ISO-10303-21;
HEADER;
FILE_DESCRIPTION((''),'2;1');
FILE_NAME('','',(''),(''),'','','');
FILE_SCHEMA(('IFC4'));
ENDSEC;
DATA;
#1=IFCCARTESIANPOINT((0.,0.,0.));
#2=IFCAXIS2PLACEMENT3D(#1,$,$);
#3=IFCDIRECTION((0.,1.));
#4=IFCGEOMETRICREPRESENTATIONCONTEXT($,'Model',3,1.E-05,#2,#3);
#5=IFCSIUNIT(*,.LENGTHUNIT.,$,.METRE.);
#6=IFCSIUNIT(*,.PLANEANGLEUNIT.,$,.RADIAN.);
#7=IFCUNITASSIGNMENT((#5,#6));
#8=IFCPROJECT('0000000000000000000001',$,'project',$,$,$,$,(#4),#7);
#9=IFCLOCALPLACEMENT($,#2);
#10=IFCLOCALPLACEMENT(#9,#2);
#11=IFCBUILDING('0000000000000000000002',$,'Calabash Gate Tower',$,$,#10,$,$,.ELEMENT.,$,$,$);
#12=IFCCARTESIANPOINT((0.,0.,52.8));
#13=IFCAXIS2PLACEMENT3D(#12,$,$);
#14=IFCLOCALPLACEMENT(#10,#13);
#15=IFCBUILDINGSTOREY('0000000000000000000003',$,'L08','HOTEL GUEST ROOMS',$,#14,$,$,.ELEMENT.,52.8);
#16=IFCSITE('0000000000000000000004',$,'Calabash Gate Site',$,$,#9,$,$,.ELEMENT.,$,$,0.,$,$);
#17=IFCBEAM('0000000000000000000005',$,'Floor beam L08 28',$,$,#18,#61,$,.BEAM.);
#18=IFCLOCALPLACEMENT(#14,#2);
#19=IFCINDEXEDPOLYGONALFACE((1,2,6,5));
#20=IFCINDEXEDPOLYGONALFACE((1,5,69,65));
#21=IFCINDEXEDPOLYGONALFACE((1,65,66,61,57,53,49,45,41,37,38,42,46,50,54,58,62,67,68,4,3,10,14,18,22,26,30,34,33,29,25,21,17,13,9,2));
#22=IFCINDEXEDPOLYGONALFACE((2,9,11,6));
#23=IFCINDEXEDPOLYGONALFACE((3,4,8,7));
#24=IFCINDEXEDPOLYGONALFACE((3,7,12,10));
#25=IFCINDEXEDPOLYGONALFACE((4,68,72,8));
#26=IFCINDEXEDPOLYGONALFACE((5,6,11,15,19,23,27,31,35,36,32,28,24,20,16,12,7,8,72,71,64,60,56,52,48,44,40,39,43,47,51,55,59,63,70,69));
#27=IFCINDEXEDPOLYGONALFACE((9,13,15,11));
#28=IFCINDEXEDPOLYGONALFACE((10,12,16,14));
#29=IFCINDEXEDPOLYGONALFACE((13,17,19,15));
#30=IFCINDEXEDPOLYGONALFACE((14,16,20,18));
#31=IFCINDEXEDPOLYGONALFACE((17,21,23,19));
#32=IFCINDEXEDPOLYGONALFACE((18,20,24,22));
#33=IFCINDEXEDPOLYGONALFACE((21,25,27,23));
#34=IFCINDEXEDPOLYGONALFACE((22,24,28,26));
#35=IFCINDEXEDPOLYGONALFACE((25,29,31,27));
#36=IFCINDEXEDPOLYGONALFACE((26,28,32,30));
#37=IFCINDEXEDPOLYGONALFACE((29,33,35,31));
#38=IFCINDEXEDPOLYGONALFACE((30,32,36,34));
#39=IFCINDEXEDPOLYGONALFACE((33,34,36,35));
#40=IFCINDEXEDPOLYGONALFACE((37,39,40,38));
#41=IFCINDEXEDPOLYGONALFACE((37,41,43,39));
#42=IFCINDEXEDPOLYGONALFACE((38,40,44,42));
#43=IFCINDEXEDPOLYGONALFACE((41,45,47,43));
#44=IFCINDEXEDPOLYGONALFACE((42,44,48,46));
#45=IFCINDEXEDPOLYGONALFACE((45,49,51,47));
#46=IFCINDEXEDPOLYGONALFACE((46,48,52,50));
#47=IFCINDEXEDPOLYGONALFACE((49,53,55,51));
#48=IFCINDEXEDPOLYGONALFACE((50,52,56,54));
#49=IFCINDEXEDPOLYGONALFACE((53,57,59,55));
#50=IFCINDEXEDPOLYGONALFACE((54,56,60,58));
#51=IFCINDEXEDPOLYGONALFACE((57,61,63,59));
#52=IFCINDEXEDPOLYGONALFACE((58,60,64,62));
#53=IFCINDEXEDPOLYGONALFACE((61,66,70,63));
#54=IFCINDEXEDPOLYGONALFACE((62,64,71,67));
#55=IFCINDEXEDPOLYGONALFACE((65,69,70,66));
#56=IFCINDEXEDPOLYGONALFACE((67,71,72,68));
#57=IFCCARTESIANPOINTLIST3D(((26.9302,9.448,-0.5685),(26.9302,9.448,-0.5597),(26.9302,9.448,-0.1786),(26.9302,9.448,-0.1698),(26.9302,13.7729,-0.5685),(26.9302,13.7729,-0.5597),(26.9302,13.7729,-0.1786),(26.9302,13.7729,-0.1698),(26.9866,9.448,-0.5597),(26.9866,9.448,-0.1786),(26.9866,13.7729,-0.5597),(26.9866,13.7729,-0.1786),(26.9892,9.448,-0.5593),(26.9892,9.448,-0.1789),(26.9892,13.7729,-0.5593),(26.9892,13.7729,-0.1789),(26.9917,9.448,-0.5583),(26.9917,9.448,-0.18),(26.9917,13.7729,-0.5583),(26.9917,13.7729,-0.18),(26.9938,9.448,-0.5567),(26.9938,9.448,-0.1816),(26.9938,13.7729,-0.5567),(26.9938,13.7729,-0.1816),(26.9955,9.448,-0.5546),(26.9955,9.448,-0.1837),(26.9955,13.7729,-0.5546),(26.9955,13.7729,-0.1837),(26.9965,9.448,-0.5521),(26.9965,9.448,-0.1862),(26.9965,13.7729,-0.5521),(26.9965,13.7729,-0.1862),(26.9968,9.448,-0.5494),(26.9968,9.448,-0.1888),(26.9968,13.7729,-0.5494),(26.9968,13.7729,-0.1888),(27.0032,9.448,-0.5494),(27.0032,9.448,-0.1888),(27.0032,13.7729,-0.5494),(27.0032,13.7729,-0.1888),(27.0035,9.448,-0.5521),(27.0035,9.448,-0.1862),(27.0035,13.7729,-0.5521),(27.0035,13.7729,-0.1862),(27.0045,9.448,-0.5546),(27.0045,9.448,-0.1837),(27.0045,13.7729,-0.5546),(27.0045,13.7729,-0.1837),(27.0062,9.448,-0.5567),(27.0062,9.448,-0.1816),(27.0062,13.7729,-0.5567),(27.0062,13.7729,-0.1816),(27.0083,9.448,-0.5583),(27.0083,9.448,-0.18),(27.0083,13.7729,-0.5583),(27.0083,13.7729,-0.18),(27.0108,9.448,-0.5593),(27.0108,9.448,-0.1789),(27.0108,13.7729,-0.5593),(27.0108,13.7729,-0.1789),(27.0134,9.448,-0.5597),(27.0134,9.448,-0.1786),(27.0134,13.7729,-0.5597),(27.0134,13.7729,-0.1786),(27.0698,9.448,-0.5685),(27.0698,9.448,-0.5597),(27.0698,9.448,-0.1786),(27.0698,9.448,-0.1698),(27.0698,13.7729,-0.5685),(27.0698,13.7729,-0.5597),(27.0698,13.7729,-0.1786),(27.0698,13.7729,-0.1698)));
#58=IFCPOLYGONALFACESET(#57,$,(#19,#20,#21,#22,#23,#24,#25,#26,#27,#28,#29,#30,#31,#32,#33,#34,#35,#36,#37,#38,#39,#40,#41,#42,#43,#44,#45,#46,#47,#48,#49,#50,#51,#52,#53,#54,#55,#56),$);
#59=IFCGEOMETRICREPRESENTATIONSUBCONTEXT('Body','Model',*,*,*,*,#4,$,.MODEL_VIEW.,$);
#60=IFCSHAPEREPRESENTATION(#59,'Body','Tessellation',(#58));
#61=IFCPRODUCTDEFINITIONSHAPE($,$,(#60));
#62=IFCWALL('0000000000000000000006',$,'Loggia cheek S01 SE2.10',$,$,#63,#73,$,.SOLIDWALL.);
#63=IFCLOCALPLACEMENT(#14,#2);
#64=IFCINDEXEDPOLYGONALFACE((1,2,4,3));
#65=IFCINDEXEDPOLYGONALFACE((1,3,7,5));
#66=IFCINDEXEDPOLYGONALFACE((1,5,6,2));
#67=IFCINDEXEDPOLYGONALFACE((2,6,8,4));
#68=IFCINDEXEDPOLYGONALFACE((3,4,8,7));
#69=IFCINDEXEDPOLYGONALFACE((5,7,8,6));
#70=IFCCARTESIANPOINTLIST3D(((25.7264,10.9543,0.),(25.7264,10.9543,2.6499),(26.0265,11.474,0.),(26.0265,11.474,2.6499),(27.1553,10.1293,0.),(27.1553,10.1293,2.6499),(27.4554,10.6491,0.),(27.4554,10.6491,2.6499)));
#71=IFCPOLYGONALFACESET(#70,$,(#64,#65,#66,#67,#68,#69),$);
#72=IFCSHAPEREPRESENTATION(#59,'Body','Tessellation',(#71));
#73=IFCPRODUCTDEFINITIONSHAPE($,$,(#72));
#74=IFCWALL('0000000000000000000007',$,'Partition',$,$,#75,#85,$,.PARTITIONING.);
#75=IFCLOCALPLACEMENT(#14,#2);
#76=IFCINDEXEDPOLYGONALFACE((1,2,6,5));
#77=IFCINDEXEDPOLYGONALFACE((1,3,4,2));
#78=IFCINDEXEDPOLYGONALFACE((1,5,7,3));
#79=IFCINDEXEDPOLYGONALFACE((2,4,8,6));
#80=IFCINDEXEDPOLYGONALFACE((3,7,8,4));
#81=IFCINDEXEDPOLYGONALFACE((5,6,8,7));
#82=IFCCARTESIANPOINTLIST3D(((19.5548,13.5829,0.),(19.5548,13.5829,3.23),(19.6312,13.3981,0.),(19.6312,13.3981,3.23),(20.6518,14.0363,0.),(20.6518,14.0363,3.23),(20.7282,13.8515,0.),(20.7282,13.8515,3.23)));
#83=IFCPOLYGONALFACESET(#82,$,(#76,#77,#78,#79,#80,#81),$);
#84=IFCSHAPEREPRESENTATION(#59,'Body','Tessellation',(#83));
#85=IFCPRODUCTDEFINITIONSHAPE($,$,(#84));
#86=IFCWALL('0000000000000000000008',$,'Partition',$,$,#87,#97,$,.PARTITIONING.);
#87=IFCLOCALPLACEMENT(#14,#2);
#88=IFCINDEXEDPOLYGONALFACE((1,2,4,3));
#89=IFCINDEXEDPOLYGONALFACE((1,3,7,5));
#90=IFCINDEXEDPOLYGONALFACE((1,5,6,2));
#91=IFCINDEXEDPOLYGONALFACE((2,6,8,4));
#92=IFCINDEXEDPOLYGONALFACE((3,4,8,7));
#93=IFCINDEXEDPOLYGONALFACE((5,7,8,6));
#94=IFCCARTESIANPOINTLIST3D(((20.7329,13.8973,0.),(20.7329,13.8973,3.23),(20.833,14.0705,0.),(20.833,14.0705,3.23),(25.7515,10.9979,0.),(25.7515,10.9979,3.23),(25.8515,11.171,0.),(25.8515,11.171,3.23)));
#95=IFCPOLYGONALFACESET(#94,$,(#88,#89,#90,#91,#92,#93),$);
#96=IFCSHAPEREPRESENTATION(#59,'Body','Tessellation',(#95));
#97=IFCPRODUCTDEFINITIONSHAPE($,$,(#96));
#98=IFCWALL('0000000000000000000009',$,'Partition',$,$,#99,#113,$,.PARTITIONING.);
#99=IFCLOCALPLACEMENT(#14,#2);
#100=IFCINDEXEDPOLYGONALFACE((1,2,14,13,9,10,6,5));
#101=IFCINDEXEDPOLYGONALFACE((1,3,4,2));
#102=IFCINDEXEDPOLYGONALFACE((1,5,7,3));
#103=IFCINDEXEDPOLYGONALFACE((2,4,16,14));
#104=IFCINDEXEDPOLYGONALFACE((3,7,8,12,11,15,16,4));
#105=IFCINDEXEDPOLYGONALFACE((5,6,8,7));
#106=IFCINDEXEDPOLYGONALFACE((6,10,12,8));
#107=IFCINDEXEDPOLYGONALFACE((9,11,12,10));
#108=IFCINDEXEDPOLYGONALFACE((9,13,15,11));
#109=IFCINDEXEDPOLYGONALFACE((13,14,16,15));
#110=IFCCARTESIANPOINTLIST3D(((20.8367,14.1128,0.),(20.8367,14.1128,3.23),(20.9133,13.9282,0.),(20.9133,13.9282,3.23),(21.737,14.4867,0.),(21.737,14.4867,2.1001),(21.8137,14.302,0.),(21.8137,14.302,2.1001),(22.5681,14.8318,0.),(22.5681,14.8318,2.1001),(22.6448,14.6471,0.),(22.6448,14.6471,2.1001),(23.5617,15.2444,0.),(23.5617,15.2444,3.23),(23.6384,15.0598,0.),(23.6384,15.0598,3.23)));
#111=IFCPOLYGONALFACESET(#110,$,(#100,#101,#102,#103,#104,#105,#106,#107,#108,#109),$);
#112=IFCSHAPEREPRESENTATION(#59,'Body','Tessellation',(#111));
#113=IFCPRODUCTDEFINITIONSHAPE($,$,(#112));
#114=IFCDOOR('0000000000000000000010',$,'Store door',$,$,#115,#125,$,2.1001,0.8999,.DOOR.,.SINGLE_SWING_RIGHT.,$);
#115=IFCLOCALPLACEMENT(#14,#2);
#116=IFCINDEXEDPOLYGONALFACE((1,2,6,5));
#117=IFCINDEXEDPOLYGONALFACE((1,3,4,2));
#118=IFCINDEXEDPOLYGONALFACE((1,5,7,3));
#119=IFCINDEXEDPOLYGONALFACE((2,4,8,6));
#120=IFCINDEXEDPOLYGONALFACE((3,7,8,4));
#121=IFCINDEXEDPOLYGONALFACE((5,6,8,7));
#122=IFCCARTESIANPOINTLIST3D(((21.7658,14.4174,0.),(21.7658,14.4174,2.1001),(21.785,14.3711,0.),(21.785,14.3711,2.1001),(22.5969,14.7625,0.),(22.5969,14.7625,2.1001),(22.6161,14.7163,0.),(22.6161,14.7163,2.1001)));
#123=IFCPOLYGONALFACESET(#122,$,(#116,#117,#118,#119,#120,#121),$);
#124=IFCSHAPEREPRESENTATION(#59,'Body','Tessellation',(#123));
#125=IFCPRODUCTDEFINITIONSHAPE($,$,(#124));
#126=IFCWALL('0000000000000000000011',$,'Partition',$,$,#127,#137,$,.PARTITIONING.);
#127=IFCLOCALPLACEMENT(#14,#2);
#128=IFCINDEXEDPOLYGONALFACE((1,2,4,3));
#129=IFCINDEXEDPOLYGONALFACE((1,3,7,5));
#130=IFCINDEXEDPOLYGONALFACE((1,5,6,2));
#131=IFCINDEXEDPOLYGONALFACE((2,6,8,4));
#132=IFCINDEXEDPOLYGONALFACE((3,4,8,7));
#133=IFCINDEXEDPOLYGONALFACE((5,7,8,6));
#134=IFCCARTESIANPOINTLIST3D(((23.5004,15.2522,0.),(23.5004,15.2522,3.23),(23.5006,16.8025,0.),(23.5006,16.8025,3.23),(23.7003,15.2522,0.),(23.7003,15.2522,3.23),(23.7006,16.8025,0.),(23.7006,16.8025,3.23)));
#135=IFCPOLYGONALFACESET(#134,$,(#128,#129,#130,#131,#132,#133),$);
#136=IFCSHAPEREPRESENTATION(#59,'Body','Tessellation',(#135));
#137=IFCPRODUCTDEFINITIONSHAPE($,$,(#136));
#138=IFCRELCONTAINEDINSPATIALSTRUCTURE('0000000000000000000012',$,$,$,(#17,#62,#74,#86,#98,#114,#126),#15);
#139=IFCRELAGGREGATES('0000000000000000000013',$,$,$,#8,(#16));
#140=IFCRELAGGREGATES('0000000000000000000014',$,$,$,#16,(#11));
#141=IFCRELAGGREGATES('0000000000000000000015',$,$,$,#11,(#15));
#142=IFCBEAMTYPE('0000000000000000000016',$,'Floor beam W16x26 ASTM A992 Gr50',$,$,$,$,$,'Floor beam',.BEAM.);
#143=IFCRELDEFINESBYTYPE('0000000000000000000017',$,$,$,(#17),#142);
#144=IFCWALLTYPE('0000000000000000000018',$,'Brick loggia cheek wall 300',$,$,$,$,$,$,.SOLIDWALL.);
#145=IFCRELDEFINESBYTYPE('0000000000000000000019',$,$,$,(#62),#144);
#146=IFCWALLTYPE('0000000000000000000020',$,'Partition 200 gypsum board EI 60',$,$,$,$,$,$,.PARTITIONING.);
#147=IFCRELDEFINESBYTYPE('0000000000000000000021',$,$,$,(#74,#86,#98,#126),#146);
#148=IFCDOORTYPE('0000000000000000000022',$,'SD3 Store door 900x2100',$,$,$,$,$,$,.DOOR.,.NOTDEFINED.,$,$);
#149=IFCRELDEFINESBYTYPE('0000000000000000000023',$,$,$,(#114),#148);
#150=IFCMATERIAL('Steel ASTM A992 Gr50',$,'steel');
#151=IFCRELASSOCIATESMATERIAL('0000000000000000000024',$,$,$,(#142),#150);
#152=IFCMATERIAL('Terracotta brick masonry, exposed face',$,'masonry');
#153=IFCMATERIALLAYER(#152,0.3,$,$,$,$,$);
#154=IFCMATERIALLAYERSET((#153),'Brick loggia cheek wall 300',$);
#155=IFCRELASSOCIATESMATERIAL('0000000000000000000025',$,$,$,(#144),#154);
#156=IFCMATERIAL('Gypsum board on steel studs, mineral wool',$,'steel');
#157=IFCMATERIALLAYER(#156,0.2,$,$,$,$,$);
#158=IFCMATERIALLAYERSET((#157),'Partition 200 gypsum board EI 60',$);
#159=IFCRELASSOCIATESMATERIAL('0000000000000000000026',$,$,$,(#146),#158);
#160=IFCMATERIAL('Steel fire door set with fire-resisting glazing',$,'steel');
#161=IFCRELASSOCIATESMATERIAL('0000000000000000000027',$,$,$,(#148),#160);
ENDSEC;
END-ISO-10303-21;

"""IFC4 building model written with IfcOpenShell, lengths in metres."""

from ifc_helpers import new_model, si_unit, direction, frame, frame_2d, origin, origin_2d, place, context, subcontext, project, spatial, rectangle, i_section, extrude, material, layer, layer_set, material_profile, profile_set, type_object, element, fill, save


model = new_model("IFC4")

# Units and contexts
model_context = context("Model", 3, precision=1e-05, world=origin(), true_north=direction((0.0, 1.0)))
body_context = subcontext(model_context, "Body", "Model", "MODEL_VIEW")
ifc_project = project(units=[si_unit("LENGTHUNIT", "METRE"), si_unit("PLANEANGLEUNIT", "RADIAN")], contexts=[model_context])

# Site, building, storey
site_placement = place(None, origin())
site = spatial("IfcSite", under=ifc_project, at=site_placement, Name="Calabash Gate Site", CompositionType="ELEMENT", RefElevation=0.0)
building_placement = place(site_placement, origin())
building = spatial("IfcBuilding", under=site, at=building_placement, Name="Calabash Gate Tower", CompositionType="ELEMENT")
storey_placement = place(building_placement, frame((0.0, 0.0, 52.8)))
storey = spatial("IfcBuildingStorey", under=building, at=storey_placement, Name="L08", Description="HOTEL GUEST ROOMS", CompositionType="ELEMENT", Elevation=52.8)

# Beam
ifc_material_1 = material(Name="Steel ASTM A992 Gr50", Category="steel")
ifc_material_profile_1 = material_profile(ifc_material_1, i_section(OverallWidth=0.1396, OverallDepth=0.3987, WebThickness=0.0063, FlangeThickness=0.0088, FilletRadius=0.0103, at=origin_2d()))
ifc_profile_set_1 = profile_set([ifc_material_profile_1], Name="Steel ASTM A992 Gr50")
beam_type_1 = type_object("IfcBeamType", Name="Floor beam W16x26 ASTM A992 Gr50", ElementType="Floor beam", PredefinedType="BEAM", material=ifc_profile_set_1)
beam_1_placement = place(storey_placement, frame((27.0, 9.448, -0.3691), z_axis=(0.0, 1.0, 0.0), x_axis=(-1.0, 0.0, 0.0)))
element("IfcBeam", 1, at=beam_1_placement, inside=storey, type_object=beam_type_1, Name="Floor beam L08 28", PredefinedType="BEAM", context=body_context, shape_type="SweptSolid", body=[
    extrude(i_section(OverallWidth=0.1396, OverallDepth=0.3987, WebThickness=0.0063, FlangeThickness=0.0088, FilletRadius=0.0103, at=origin_2d()), origin(), (0.0, 0.0, 1.0), 4.325),
])

# Walls
ifc_material_2 = material(Name="Terracotta brick masonry, exposed face", Category="masonry")
ifc_layer_1 = layer(ifc_material_2, 0.3)
ifc_layer_set_1 = layer_set([ifc_layer_1], Name="Brick loggia cheek wall 300")
wall_type_1 = type_object("IfcWallType", Name="Brick loggia cheek wall 300", PredefinedType="SOLIDWALL", material=ifc_layer_set_1)
wall_1_placement = place(storey_placement, frame((25.8765, 11.2141, 0.0), z_axis=(0.0, 0.0, 1.0), x_axis=(0.86604, -0.499974, 0.0)))
element("IfcWall", 2, at=wall_1_placement, inside=storey, type_object=wall_type_1, Name="Loggia cheek S01 SE2.10", PredefinedType="SOLIDWALL", context=body_context, shape_type="SweptSolid", body=[
    extrude(rectangle(XDim=1.6499, YDim=0.6001, at=frame_2d((0.825, 0.0))), origin(), (0.0, 0.0, 1.0), 2.6499),
])
ifc_material_3 = material(Name="Gypsum board on steel studs, mineral wool", Category="steel")
ifc_layer_2 = layer(ifc_material_3, 0.2)
ifc_layer_set_2 = layer_set([ifc_layer_2], Name="Partition 200 gypsum board EI 60")
wall_type_2 = type_object("IfcWallType", Name="Partition 200 gypsum board EI 60", PredefinedType="PARTITIONING", material=ifc_layer_set_2)
wall_2_placement = place(storey_placement, frame((19.593, 13.4905, 0.0), z_axis=(0.0, 0.0, 1.0), x_axis=(0.924175, 0.38197, 0.0)))
element("IfcWall", 3, at=wall_2_placement, inside=storey, type_object=wall_type_2, Name="Partition", PredefinedType="PARTITIONING", context=body_context, shape_type="SweptSolid", body=[
    extrude(rectangle(XDim=1.187, YDim=0.2, at=frame_2d((0.5935, 0.0))), origin(), (0.0, 0.0, 1.0), 3.23),
])
wall_3_placement = place(storey_placement, frame((20.783, 13.9839, 0.0), z_axis=(0.0, 0.0, 1.0), x_axis=(0.86588, -0.500252, 0.0)))
element("IfcWall", 4, at=wall_3_placement, inside=storey, type_object=wall_type_2, Name="Partition", PredefinedType="PARTITIONING", context=body_context, shape_type="SweptSolid", body=[
    extrude(rectangle(XDim=5.7959, YDim=0.2, at=frame_2d((2.8979, 0.0))), origin(), (0.0, 0.0, 1.0), 3.23),
])

# Wall, opening, door
wall_4_placement = place(storey_placement, frame((20.875, 14.0205, 0.0), z_axis=(0.0, 0.0, 1.0), x_axis=(0.923541, 0.383499, 0.0)))
wall_4 = element("IfcWall", 5, at=wall_4_placement, inside=storey, type_object=wall_type_2, Name="Partition", PredefinedType="PARTITIONING", context=body_context, shape_type="SweptSolid", body=[
    extrude(rectangle(XDim=2.9507, YDim=0.2, at=frame_2d((1.4753, 0.0))), origin(), (0.0, 0.0, 1.0), 3.23),
])
opening_1_placement = place(wall_4_placement, frame((0.9749, 0.0, 0.0)))
opening_1 = element("IfcOpeningElement", 6, at=opening_1_placement, cuts=wall_4, PredefinedType="OPENING", context=body_context, shape_type="SweptSolid", body=[
    extrude(rectangle(XDim=0.8999, YDim=2.1001, at=frame_2d((0.45, 1.05))), frame((0.0, 0.1099, 0.0), z_axis=(0.0, -1.0, 0.0), x_axis=(1.0, 0.0, 0.0)), (0.0, 0.0, 1.0), 0.22),
])
ifc_material_4 = material(Name="Steel fire door set with fire-resisting glazing", Category="steel")
door_type_1 = type_object("IfcDoorType", Name="SD3 Store door 900x2100", OperationType="NOTDEFINED", PredefinedType="DOOR", material=ifc_material_4)
door_1_placement = place(opening_1_placement, origin())
door_1 = element("IfcDoor", 7, at=door_1_placement, inside=storey, type_object=door_type_1, Name="Store door", OperationType="SINGLE_SWING_RIGHT", OverallHeight=2.1001, OverallWidth=0.8999, PredefinedType="DOOR", context=body_context, shape_type="SweptSolid", body=[
    extrude(rectangle(XDim=0.8999, YDim=2.1001, at=frame_2d((0.45, 1.05))), frame((0.0, 0.0249, 0.0), z_axis=(0.0, -1.0, 0.0), x_axis=(1.0, 0.0, 0.0)), (0.0, 0.0, 1.0), 0.05),
])
fill(opening_1, door_1)

# Wall
wall_5_placement = place(storey_placement, frame((23.6003, 15.2522, 0.0), z_axis=(0.0, 0.0, 1.0), x_axis=(0.000157, 1.0, 0.0)))
element("IfcWall", 8, at=wall_5_placement, inside=storey, type_object=wall_type_2, Name="Partition", PredefinedType="PARTITIONING", context=body_context, shape_type="SweptSolid", body=[
    extrude(rectangle(XDim=1.5503, YDim=0.2, at=frame_2d((0.7751, 0.0))), origin(), (0.0, 0.0, 1.0), 3.23),
])

save(model, "model.ifc")
